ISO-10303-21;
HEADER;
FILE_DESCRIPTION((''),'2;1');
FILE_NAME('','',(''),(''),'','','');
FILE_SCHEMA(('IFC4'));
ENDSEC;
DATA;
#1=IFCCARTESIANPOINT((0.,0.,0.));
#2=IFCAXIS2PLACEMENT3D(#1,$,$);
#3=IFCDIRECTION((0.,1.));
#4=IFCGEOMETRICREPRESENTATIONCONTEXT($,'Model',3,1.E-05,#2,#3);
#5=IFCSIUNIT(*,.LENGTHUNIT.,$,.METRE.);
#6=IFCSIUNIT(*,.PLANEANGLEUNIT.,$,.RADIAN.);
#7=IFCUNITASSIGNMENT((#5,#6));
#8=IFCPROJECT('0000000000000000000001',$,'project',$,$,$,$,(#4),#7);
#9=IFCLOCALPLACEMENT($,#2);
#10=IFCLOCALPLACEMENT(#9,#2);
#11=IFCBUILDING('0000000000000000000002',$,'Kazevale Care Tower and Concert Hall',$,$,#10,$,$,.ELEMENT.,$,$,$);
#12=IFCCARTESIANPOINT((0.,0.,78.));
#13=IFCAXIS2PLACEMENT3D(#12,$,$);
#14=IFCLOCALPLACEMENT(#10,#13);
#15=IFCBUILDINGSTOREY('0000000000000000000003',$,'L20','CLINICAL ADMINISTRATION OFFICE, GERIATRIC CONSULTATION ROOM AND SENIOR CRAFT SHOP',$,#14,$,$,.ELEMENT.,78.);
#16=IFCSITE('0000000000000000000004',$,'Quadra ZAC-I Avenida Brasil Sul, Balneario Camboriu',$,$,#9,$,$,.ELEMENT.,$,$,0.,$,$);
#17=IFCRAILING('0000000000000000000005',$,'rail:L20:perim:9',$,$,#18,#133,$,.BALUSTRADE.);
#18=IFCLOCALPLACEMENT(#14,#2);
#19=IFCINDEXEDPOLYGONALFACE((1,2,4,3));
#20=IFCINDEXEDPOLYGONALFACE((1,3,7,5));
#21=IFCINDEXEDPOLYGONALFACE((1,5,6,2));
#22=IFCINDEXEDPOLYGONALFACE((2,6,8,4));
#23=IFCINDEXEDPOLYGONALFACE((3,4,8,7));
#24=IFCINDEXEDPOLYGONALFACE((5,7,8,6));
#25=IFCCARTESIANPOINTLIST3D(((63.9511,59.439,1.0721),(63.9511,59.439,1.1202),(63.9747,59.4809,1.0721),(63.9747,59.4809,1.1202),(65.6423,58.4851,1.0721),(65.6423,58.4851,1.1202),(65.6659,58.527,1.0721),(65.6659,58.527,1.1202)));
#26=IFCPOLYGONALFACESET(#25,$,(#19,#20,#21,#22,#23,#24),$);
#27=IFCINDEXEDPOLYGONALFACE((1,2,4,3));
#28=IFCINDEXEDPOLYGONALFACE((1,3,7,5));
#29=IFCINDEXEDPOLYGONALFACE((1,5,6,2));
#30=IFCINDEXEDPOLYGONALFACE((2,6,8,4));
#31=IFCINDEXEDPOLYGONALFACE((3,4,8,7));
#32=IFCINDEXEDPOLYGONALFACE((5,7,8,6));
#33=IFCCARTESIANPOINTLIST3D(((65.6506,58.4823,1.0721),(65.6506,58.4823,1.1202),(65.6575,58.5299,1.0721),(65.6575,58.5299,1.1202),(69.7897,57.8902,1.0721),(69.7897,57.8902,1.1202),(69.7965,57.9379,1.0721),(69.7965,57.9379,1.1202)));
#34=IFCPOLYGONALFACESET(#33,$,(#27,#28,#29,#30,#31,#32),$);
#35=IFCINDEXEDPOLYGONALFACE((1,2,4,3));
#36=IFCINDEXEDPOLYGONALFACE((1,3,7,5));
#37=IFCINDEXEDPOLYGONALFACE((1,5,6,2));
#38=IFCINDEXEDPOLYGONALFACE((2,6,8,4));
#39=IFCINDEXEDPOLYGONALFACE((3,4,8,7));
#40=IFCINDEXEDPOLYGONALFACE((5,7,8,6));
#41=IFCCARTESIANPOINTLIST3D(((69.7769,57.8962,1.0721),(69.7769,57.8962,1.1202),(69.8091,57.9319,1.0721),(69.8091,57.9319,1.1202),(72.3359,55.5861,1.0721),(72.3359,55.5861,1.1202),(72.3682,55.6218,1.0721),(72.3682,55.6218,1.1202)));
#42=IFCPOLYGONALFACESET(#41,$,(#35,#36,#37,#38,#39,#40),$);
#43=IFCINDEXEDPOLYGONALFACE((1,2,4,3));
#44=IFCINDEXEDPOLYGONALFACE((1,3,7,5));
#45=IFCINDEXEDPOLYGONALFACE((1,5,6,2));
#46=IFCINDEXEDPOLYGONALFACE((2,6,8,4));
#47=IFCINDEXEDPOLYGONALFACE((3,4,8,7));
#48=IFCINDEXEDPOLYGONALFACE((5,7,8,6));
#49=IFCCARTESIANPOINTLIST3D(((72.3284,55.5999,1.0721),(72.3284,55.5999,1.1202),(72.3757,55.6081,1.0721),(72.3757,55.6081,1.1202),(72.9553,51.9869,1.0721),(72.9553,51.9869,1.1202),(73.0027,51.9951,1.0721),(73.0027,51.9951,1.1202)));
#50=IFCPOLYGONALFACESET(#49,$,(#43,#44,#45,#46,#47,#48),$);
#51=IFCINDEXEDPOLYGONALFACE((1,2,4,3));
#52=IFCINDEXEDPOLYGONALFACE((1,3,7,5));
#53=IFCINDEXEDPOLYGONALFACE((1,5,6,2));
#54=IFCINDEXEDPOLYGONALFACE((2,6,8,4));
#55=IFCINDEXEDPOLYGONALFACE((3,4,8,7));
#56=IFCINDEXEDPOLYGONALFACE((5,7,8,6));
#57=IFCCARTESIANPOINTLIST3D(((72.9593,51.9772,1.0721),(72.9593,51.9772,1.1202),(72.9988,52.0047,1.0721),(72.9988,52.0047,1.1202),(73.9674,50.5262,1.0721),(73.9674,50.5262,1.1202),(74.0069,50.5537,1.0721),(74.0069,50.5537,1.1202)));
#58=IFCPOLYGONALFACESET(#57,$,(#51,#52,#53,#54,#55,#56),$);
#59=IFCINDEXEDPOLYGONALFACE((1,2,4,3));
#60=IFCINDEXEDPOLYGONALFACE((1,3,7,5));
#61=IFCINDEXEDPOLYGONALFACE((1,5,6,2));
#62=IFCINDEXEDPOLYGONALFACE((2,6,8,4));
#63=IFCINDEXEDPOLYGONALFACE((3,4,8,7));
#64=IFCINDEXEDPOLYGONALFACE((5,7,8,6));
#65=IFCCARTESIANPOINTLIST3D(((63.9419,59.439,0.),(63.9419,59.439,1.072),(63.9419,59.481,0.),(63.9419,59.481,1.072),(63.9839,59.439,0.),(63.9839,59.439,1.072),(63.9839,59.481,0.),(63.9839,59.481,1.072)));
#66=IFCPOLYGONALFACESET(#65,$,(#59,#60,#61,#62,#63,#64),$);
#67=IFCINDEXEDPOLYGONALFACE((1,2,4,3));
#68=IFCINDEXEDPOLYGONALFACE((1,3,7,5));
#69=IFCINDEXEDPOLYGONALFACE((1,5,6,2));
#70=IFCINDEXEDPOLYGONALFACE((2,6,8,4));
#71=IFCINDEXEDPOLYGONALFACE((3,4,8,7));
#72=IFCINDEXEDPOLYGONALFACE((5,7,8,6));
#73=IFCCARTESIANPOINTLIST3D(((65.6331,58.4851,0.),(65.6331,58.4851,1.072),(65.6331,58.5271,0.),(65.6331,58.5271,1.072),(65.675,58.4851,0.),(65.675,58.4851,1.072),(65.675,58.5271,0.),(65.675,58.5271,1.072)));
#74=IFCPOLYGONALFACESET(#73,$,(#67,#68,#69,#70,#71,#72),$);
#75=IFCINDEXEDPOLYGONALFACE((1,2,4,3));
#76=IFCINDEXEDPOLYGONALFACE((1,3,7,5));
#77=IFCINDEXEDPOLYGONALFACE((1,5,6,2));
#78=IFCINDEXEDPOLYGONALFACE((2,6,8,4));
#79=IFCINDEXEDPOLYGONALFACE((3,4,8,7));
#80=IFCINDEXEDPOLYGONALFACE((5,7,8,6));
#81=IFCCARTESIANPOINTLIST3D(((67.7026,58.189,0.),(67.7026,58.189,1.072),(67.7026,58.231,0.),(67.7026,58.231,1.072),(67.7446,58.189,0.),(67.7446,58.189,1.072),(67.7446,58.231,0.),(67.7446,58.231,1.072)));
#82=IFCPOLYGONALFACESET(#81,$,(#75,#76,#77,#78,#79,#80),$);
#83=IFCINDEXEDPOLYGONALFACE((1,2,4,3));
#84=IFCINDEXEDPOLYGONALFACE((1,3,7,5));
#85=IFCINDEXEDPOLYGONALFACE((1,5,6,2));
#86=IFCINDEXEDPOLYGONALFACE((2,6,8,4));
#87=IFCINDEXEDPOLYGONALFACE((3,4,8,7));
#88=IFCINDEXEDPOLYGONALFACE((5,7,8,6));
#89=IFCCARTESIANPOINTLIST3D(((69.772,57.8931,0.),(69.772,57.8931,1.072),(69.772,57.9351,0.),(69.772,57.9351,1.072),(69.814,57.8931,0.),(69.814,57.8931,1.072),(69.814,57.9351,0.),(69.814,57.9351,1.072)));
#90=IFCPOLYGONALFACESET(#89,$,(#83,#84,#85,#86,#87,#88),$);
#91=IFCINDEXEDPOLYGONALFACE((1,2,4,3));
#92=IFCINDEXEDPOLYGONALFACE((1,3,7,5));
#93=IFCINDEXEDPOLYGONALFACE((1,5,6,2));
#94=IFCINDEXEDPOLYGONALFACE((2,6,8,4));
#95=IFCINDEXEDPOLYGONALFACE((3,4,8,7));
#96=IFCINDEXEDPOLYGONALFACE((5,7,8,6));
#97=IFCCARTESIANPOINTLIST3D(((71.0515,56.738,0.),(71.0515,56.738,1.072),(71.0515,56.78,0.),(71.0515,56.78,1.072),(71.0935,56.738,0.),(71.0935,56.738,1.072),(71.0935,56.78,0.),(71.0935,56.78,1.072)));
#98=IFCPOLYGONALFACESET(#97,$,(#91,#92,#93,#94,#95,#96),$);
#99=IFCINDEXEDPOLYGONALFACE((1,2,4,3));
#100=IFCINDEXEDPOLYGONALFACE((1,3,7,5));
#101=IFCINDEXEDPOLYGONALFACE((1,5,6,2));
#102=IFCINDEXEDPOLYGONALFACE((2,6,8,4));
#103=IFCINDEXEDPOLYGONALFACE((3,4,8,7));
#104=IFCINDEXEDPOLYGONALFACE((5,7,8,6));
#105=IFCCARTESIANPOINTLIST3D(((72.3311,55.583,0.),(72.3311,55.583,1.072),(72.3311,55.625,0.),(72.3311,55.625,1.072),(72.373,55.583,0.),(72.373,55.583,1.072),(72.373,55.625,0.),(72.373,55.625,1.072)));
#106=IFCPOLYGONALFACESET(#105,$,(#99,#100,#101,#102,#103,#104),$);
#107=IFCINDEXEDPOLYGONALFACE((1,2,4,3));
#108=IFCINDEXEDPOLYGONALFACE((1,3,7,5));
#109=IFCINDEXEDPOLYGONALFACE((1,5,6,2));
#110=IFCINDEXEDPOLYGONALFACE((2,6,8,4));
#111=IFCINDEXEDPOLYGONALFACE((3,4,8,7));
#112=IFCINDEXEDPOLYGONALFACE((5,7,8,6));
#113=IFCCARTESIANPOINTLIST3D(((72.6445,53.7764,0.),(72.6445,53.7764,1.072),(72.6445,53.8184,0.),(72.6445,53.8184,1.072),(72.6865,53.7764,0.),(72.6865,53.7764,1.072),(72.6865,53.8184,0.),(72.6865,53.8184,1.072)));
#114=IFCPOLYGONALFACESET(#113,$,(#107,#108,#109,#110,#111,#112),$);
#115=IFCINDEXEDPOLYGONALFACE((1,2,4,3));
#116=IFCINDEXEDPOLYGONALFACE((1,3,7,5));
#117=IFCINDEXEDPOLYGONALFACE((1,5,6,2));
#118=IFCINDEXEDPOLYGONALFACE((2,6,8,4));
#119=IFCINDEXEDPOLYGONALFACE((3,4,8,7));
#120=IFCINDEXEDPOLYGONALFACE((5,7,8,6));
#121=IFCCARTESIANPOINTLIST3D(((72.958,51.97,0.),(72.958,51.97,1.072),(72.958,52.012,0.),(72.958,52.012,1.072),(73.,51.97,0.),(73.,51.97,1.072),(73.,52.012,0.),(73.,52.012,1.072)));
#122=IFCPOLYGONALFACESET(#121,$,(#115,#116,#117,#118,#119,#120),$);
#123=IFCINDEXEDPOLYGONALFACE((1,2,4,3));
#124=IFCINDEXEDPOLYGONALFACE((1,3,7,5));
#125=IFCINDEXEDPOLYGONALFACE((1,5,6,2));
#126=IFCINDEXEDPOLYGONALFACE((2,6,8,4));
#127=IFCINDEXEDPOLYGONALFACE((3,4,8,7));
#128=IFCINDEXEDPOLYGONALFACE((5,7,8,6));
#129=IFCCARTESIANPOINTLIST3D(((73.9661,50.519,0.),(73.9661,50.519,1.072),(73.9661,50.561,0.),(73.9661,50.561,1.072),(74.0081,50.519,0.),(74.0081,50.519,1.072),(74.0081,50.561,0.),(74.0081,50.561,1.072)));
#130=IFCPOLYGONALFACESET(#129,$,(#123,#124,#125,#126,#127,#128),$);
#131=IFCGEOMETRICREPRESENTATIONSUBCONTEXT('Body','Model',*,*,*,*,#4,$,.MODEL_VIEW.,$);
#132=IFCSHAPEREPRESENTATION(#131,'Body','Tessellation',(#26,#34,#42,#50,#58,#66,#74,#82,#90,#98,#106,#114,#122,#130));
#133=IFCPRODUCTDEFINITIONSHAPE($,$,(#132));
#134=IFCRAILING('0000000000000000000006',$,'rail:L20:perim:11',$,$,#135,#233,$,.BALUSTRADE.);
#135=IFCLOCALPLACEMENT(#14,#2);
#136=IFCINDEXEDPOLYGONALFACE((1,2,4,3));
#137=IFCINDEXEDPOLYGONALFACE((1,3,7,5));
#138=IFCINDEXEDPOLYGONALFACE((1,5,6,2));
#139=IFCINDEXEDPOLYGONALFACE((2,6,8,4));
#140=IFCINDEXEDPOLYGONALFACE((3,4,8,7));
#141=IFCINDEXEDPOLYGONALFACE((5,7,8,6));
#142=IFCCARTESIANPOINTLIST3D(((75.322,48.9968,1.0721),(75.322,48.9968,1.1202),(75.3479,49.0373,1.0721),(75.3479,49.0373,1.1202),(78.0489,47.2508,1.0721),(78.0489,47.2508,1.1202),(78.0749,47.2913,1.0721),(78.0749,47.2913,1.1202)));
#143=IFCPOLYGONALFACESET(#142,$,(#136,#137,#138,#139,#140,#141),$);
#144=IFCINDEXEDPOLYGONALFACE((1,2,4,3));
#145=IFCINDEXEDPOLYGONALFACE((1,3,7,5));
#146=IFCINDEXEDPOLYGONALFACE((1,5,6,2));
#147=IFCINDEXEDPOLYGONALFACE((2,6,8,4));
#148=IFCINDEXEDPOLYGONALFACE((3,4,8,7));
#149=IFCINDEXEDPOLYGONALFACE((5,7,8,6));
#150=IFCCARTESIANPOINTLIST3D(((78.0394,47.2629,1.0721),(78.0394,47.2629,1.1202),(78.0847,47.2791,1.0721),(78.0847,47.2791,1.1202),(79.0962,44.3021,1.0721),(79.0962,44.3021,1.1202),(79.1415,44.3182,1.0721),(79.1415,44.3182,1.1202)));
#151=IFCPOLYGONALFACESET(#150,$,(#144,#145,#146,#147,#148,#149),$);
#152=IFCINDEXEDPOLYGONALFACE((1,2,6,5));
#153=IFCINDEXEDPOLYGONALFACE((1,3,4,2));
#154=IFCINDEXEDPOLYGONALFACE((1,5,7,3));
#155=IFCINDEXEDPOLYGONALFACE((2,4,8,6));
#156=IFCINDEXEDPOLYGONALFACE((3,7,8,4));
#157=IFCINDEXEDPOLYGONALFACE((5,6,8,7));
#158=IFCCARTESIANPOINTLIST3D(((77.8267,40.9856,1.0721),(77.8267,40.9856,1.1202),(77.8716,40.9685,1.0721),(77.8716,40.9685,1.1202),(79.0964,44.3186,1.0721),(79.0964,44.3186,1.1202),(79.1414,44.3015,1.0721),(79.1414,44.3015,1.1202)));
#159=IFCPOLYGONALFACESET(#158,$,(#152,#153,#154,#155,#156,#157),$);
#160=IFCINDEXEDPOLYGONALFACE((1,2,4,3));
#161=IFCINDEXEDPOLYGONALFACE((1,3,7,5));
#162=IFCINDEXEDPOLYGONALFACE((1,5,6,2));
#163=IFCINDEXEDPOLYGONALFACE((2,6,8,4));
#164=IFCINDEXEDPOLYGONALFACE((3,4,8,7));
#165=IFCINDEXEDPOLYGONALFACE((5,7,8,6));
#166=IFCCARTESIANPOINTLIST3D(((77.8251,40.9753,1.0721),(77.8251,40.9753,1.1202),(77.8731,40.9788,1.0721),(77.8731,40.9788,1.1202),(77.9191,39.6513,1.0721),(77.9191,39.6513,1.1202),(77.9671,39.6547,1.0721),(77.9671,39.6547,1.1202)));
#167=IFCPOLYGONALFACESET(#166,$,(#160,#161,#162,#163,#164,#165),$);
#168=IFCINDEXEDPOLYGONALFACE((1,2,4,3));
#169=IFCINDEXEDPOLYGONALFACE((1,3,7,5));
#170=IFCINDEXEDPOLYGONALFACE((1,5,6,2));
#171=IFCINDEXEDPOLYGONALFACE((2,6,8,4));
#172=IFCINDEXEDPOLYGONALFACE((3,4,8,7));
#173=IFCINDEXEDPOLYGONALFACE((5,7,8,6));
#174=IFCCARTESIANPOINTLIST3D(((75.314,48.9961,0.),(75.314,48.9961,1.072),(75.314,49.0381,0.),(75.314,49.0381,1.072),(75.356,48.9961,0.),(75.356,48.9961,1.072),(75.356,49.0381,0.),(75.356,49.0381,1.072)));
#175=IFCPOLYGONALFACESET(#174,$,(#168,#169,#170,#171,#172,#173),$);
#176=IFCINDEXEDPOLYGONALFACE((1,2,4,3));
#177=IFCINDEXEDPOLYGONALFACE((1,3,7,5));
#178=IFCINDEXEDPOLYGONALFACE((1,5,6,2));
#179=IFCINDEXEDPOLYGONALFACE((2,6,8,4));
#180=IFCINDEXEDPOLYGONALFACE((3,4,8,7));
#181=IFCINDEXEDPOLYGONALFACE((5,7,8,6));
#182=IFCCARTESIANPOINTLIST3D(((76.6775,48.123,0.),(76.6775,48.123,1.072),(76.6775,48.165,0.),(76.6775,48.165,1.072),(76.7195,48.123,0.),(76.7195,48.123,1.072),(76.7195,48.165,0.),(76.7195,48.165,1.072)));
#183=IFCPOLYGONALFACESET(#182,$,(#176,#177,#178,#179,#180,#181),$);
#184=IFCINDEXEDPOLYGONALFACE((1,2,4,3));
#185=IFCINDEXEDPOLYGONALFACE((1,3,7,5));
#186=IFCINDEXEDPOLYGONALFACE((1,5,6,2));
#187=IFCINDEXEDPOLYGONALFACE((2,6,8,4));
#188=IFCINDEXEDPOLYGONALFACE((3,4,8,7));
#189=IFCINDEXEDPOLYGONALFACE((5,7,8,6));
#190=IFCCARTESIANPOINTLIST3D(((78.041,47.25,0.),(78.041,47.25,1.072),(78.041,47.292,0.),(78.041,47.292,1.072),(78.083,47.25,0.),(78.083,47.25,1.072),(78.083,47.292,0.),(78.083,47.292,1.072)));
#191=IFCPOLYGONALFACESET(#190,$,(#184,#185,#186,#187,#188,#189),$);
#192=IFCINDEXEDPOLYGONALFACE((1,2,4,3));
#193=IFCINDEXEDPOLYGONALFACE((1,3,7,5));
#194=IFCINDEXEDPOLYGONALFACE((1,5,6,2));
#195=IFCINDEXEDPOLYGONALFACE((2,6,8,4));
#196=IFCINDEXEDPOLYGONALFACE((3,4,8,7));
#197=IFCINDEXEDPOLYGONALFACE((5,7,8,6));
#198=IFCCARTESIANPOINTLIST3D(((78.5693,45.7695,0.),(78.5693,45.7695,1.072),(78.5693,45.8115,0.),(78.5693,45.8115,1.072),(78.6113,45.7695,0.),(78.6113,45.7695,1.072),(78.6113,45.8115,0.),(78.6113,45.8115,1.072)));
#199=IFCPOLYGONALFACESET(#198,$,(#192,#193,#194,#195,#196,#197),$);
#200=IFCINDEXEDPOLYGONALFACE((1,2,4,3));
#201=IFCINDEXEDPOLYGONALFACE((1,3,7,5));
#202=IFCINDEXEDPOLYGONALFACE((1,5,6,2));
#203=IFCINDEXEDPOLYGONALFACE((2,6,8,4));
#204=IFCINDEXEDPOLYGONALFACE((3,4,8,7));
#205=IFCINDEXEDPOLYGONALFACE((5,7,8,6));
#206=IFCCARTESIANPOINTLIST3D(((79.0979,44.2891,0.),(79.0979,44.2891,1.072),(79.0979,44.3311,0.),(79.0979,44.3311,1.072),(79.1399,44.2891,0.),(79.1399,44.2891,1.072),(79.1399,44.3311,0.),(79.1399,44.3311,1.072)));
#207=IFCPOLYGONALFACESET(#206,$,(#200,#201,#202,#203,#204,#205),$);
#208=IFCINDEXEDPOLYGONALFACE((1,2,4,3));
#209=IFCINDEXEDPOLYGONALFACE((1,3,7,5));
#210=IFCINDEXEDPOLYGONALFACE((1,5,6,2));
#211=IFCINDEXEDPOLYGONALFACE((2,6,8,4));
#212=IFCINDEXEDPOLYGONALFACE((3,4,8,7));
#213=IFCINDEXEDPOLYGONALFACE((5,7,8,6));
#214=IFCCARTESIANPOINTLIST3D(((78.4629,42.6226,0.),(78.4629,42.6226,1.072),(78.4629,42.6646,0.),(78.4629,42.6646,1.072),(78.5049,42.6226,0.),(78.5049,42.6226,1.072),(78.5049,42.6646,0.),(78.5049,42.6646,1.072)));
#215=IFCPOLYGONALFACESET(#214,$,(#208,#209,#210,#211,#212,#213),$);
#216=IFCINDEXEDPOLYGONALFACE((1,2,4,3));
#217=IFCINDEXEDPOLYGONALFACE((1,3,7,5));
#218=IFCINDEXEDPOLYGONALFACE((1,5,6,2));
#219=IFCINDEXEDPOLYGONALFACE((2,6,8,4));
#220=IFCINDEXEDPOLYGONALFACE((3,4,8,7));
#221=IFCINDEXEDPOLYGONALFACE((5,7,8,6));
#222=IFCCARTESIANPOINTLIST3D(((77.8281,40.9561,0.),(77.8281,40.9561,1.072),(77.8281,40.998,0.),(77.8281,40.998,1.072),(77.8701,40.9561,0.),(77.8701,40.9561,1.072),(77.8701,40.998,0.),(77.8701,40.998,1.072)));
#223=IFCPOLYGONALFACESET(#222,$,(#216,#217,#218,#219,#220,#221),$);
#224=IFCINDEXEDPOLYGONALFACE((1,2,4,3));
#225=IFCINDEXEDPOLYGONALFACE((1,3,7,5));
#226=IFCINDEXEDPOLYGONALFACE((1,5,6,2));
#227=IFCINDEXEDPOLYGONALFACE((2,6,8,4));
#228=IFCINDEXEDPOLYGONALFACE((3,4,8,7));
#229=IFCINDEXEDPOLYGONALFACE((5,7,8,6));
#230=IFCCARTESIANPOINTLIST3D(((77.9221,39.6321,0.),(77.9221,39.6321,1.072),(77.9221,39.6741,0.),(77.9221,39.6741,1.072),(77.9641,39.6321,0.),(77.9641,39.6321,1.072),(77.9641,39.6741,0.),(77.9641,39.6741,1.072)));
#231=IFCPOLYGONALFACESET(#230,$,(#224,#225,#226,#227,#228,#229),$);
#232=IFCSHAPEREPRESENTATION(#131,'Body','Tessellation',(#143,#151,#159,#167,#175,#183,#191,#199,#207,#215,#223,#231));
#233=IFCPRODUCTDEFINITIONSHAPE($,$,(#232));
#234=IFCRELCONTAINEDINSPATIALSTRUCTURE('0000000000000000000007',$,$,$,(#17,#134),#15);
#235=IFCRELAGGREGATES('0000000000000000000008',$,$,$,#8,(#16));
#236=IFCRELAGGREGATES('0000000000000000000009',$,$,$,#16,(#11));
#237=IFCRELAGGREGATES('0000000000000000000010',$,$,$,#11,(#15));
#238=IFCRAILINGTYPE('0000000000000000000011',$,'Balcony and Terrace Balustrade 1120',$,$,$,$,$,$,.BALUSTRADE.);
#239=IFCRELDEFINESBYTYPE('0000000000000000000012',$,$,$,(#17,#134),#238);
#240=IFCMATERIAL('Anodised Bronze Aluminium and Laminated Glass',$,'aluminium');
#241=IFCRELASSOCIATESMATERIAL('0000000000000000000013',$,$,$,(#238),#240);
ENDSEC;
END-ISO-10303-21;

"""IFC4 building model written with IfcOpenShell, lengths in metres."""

from ifc_helpers import new_model, si_unit, direction, frame, origin, origin_2d, place, context, subcontext, project, spatial, rectangle, extrude, material, type_object, element, save


model = new_model("IFC4")

# Units and contexts
model_context = context("Model", 3, precision=1e-05, world=origin(), true_north=direction((0.0, 1.0)))
body_context = subcontext(model_context, "Body", "Model", "MODEL_VIEW")
ifc_project = project(units=[si_unit("LENGTHUNIT", "METRE"), si_unit("PLANEANGLEUNIT", "RADIAN")], contexts=[model_context])

# Site, building, storey
site_placement = place(None, origin())
site = spatial("IfcSite", under=ifc_project, at=site_placement, Name="Quadra ZAC-I Avenida Brasil Sul, Balneario Camboriu", CompositionType="ELEMENT", RefElevation=0.0)
building_placement = place(site_placement, origin())
building = spatial("IfcBuilding", under=site, at=building_placement, Name="Kazevale Care Tower and Concert Hall", CompositionType="ELEMENT")
storey_placement = place(building_placement, frame((0.0, 0.0, 78.0)))
storey = spatial("IfcBuildingStorey", under=building, at=storey_placement, Name="L20", Description="CLINICAL ADMINISTRATION OFFICE, GERIATRIC CONSULTATION ROOM AND SENIOR CRAFT SHOP", CompositionType="ELEMENT", Elevation=78.0)

# Railings
ifc_material_1 = material(Name="Anodised Bronze Aluminium and Laminated Glass", Category="aluminium")
railing_type = type_object("IfcRailingType", Name="Balcony and Terrace Balustrade 1120", PredefinedType="BALUSTRADE", material=ifc_material_1)
railing_1_placement = place(storey_placement, frame((63.9629, 59.46, 0.0)))
element("IfcRailing", 1, at=railing_1_placement, inside=storey, type_object=railing_type, Name="rail:L20:perim:9", PredefinedType="BALUSTRADE", context=body_context, shape_type="SweptSolid", body=[
    extrude(rectangle(XDim=0.0481, YDim=0.0481, at=origin_2d()), frame((0.0, 0.0, 1.0962), z_axis=(0.871007, -0.49127, 0.0), x_axis=(0.49127, 0.871007, 0.0)), (0.0, 0.0, 1.0), 1.9417),
    extrude(rectangle(XDim=0.0481, YDim=0.0481, at=origin_2d()), frame((1.6912, -0.9539, 1.0962), z_axis=(0.989924, -0.141601, 0.0), x_axis=(0.141601, 0.989924, 0.0)), (0.0, 0.0, 1.0), 4.1812),
    extrude(rectangle(XDim=0.0481, YDim=0.0481, at=origin_2d()), frame((5.8301, -1.5459, 1.0962), z_axis=(0.7423, -0.670067, 0.0), x_axis=(0.670067, 0.7423, 0.0)), (0.0, 0.0, 1.0), 3.4475),
    extrude(rectangle(XDim=0.0481, YDim=0.0481, at=origin_2d()), frame((8.3892, -3.856, 1.0962), z_axis=(0.17097, -0.985276, 0.0), x_axis=(0.985276, 0.17097, 0.0)), (0.0, 0.0, 1.0), 3.667),
    extrude(rectangle(XDim=0.0481, YDim=0.0481, at=origin_2d()), frame((9.0161, -7.469, 1.0962), z_axis=(0.570574, -0.821246, 0.0), x_axis=(0.821246, 0.570574, 0.0)), (0.0, 0.0, 1.0), 1.7668),
    extrude(rectangle(XDim=0.042, YDim=0.042, at=origin_2d()), origin(), (0.0, 0.0, 1.0), 1.072),
    extrude(rectangle(XDim=0.042, YDim=0.042, at=origin_2d()), frame((1.6912, -0.9539, 0.0)), (0.0, 0.0, 1.0), 1.072),
    extrude(rectangle(XDim=0.042, YDim=0.042, at=origin_2d()), frame((3.7607, -1.25, 0.0)), (0.0, 0.0, 1.0), 1.072),
    extrude(rectangle(XDim=0.042, YDim=0.042, at=origin_2d()), frame((5.8301, -1.5459, 0.0)), (0.0, 0.0, 1.0), 1.072),
    extrude(rectangle(XDim=0.042, YDim=0.042, at=origin_2d()), frame((7.1096, -2.7009, 0.0)), (0.0, 0.0, 1.0), 1.072),
    extrude(rectangle(XDim=0.042, YDim=0.042, at=origin_2d()), frame((8.3892, -3.856, 0.0)), (0.0, 0.0, 1.0), 1.072),
    extrude(rectangle(XDim=0.042, YDim=0.042, at=origin_2d()), frame((8.7026, -5.6626, 0.0)), (0.0, 0.0, 1.0), 1.072),
    extrude(rectangle(XDim=0.042, YDim=0.042, at=origin_2d()), frame((9.0161, -7.469, 0.0)), (0.0, 0.0, 1.0), 1.072),
    extrude(rectangle(XDim=0.042, YDim=0.042, at=origin_2d()), frame((10.0242, -8.9199, 0.0)), (0.0, 0.0, 1.0), 1.072),
])
railing_2_placement = place(storey_placement, frame((75.335, 49.0171, 0.0)))
element("IfcRailing", 2, at=railing_2_placement, inside=storey, type_object=railing_type, Name="rail:L20:perim:11", PredefinedType="BALUSTRADE", context=body_context, shape_type="SweptSolid", body=[
    extrude(rectangle(XDim=0.0481, YDim=0.0481, at=origin_2d()), frame((0.0, 0.0, 1.0962), z_axis=(0.842162, -0.539225, 0.0), x_axis=(0.539225, 0.842162, 0.0)), (0.0, 0.0, 1.0), 3.238),
    extrude(rectangle(XDim=0.0481, YDim=0.0481, at=origin_2d()), frame((2.7271, -1.7461, 1.0962), z_axis=(0.336169, -0.941802, 0.0), x_axis=(0.941802, 0.336169, 0.0)), (0.0, 0.0, 1.0), 3.1438),
    extrude(rectangle(XDim=0.0481, YDim=0.0481, at=origin_2d()), frame((3.7839, -4.707, 1.0962), z_axis=(-0.35601, -0.934482, 0.0), x_axis=(0.934482, -0.35601, 0.0)), (0.0, 0.0, 1.0), 3.5667),
    extrude(rectangle(XDim=0.0481, YDim=0.0481, at=origin_2d()), frame((2.5142, -8.04, 1.0962), z_axis=(0.070816, -0.997489, 0.0), x_axis=(0.997489, 0.070816, 0.0)), (0.0, 0.0, 1.0), 1.3274),
    extrude(rectangle(XDim=0.042, YDim=0.042, at=origin_2d()), origin(), (0.0, 0.0, 1.0), 1.072),
    extrude(rectangle(XDim=0.042, YDim=0.042, at=origin_2d()), frame((1.3635, -0.873, 0.0)), (0.0, 0.0, 1.0), 1.072),
    extrude(rectangle(XDim=0.042, YDim=0.042, at=origin_2d()), frame((2.7271, -1.7461, 0.0)), (0.0, 0.0, 1.0), 1.072),
    extrude(rectangle(XDim=0.042, YDim=0.042, at=origin_2d()), frame((3.2554, -3.2266, 0.0)), (0.0, 0.0, 1.0), 1.072),
    extrude(rectangle(XDim=0.042, YDim=0.042, at=origin_2d()), frame((3.7839, -4.707, 0.0)), (0.0, 0.0, 1.0), 1.072),
    extrude(rectangle(XDim=0.042, YDim=0.042, at=origin_2d()), frame((3.1489, -6.3735, 0.0)), (0.0, 0.0, 1.0), 1.072),
    extrude(rectangle(XDim=0.042, YDim=0.042, at=origin_2d()), frame((2.5142, -8.04, 0.0)), (0.0, 0.0, 1.0), 1.072),
    extrude(rectangle(XDim=0.042, YDim=0.042, at=origin_2d()), frame((2.6082, -9.364, 0.0)), (0.0, 0.0, 1.0), 1.072),
])

save(model, "model.ifc")
